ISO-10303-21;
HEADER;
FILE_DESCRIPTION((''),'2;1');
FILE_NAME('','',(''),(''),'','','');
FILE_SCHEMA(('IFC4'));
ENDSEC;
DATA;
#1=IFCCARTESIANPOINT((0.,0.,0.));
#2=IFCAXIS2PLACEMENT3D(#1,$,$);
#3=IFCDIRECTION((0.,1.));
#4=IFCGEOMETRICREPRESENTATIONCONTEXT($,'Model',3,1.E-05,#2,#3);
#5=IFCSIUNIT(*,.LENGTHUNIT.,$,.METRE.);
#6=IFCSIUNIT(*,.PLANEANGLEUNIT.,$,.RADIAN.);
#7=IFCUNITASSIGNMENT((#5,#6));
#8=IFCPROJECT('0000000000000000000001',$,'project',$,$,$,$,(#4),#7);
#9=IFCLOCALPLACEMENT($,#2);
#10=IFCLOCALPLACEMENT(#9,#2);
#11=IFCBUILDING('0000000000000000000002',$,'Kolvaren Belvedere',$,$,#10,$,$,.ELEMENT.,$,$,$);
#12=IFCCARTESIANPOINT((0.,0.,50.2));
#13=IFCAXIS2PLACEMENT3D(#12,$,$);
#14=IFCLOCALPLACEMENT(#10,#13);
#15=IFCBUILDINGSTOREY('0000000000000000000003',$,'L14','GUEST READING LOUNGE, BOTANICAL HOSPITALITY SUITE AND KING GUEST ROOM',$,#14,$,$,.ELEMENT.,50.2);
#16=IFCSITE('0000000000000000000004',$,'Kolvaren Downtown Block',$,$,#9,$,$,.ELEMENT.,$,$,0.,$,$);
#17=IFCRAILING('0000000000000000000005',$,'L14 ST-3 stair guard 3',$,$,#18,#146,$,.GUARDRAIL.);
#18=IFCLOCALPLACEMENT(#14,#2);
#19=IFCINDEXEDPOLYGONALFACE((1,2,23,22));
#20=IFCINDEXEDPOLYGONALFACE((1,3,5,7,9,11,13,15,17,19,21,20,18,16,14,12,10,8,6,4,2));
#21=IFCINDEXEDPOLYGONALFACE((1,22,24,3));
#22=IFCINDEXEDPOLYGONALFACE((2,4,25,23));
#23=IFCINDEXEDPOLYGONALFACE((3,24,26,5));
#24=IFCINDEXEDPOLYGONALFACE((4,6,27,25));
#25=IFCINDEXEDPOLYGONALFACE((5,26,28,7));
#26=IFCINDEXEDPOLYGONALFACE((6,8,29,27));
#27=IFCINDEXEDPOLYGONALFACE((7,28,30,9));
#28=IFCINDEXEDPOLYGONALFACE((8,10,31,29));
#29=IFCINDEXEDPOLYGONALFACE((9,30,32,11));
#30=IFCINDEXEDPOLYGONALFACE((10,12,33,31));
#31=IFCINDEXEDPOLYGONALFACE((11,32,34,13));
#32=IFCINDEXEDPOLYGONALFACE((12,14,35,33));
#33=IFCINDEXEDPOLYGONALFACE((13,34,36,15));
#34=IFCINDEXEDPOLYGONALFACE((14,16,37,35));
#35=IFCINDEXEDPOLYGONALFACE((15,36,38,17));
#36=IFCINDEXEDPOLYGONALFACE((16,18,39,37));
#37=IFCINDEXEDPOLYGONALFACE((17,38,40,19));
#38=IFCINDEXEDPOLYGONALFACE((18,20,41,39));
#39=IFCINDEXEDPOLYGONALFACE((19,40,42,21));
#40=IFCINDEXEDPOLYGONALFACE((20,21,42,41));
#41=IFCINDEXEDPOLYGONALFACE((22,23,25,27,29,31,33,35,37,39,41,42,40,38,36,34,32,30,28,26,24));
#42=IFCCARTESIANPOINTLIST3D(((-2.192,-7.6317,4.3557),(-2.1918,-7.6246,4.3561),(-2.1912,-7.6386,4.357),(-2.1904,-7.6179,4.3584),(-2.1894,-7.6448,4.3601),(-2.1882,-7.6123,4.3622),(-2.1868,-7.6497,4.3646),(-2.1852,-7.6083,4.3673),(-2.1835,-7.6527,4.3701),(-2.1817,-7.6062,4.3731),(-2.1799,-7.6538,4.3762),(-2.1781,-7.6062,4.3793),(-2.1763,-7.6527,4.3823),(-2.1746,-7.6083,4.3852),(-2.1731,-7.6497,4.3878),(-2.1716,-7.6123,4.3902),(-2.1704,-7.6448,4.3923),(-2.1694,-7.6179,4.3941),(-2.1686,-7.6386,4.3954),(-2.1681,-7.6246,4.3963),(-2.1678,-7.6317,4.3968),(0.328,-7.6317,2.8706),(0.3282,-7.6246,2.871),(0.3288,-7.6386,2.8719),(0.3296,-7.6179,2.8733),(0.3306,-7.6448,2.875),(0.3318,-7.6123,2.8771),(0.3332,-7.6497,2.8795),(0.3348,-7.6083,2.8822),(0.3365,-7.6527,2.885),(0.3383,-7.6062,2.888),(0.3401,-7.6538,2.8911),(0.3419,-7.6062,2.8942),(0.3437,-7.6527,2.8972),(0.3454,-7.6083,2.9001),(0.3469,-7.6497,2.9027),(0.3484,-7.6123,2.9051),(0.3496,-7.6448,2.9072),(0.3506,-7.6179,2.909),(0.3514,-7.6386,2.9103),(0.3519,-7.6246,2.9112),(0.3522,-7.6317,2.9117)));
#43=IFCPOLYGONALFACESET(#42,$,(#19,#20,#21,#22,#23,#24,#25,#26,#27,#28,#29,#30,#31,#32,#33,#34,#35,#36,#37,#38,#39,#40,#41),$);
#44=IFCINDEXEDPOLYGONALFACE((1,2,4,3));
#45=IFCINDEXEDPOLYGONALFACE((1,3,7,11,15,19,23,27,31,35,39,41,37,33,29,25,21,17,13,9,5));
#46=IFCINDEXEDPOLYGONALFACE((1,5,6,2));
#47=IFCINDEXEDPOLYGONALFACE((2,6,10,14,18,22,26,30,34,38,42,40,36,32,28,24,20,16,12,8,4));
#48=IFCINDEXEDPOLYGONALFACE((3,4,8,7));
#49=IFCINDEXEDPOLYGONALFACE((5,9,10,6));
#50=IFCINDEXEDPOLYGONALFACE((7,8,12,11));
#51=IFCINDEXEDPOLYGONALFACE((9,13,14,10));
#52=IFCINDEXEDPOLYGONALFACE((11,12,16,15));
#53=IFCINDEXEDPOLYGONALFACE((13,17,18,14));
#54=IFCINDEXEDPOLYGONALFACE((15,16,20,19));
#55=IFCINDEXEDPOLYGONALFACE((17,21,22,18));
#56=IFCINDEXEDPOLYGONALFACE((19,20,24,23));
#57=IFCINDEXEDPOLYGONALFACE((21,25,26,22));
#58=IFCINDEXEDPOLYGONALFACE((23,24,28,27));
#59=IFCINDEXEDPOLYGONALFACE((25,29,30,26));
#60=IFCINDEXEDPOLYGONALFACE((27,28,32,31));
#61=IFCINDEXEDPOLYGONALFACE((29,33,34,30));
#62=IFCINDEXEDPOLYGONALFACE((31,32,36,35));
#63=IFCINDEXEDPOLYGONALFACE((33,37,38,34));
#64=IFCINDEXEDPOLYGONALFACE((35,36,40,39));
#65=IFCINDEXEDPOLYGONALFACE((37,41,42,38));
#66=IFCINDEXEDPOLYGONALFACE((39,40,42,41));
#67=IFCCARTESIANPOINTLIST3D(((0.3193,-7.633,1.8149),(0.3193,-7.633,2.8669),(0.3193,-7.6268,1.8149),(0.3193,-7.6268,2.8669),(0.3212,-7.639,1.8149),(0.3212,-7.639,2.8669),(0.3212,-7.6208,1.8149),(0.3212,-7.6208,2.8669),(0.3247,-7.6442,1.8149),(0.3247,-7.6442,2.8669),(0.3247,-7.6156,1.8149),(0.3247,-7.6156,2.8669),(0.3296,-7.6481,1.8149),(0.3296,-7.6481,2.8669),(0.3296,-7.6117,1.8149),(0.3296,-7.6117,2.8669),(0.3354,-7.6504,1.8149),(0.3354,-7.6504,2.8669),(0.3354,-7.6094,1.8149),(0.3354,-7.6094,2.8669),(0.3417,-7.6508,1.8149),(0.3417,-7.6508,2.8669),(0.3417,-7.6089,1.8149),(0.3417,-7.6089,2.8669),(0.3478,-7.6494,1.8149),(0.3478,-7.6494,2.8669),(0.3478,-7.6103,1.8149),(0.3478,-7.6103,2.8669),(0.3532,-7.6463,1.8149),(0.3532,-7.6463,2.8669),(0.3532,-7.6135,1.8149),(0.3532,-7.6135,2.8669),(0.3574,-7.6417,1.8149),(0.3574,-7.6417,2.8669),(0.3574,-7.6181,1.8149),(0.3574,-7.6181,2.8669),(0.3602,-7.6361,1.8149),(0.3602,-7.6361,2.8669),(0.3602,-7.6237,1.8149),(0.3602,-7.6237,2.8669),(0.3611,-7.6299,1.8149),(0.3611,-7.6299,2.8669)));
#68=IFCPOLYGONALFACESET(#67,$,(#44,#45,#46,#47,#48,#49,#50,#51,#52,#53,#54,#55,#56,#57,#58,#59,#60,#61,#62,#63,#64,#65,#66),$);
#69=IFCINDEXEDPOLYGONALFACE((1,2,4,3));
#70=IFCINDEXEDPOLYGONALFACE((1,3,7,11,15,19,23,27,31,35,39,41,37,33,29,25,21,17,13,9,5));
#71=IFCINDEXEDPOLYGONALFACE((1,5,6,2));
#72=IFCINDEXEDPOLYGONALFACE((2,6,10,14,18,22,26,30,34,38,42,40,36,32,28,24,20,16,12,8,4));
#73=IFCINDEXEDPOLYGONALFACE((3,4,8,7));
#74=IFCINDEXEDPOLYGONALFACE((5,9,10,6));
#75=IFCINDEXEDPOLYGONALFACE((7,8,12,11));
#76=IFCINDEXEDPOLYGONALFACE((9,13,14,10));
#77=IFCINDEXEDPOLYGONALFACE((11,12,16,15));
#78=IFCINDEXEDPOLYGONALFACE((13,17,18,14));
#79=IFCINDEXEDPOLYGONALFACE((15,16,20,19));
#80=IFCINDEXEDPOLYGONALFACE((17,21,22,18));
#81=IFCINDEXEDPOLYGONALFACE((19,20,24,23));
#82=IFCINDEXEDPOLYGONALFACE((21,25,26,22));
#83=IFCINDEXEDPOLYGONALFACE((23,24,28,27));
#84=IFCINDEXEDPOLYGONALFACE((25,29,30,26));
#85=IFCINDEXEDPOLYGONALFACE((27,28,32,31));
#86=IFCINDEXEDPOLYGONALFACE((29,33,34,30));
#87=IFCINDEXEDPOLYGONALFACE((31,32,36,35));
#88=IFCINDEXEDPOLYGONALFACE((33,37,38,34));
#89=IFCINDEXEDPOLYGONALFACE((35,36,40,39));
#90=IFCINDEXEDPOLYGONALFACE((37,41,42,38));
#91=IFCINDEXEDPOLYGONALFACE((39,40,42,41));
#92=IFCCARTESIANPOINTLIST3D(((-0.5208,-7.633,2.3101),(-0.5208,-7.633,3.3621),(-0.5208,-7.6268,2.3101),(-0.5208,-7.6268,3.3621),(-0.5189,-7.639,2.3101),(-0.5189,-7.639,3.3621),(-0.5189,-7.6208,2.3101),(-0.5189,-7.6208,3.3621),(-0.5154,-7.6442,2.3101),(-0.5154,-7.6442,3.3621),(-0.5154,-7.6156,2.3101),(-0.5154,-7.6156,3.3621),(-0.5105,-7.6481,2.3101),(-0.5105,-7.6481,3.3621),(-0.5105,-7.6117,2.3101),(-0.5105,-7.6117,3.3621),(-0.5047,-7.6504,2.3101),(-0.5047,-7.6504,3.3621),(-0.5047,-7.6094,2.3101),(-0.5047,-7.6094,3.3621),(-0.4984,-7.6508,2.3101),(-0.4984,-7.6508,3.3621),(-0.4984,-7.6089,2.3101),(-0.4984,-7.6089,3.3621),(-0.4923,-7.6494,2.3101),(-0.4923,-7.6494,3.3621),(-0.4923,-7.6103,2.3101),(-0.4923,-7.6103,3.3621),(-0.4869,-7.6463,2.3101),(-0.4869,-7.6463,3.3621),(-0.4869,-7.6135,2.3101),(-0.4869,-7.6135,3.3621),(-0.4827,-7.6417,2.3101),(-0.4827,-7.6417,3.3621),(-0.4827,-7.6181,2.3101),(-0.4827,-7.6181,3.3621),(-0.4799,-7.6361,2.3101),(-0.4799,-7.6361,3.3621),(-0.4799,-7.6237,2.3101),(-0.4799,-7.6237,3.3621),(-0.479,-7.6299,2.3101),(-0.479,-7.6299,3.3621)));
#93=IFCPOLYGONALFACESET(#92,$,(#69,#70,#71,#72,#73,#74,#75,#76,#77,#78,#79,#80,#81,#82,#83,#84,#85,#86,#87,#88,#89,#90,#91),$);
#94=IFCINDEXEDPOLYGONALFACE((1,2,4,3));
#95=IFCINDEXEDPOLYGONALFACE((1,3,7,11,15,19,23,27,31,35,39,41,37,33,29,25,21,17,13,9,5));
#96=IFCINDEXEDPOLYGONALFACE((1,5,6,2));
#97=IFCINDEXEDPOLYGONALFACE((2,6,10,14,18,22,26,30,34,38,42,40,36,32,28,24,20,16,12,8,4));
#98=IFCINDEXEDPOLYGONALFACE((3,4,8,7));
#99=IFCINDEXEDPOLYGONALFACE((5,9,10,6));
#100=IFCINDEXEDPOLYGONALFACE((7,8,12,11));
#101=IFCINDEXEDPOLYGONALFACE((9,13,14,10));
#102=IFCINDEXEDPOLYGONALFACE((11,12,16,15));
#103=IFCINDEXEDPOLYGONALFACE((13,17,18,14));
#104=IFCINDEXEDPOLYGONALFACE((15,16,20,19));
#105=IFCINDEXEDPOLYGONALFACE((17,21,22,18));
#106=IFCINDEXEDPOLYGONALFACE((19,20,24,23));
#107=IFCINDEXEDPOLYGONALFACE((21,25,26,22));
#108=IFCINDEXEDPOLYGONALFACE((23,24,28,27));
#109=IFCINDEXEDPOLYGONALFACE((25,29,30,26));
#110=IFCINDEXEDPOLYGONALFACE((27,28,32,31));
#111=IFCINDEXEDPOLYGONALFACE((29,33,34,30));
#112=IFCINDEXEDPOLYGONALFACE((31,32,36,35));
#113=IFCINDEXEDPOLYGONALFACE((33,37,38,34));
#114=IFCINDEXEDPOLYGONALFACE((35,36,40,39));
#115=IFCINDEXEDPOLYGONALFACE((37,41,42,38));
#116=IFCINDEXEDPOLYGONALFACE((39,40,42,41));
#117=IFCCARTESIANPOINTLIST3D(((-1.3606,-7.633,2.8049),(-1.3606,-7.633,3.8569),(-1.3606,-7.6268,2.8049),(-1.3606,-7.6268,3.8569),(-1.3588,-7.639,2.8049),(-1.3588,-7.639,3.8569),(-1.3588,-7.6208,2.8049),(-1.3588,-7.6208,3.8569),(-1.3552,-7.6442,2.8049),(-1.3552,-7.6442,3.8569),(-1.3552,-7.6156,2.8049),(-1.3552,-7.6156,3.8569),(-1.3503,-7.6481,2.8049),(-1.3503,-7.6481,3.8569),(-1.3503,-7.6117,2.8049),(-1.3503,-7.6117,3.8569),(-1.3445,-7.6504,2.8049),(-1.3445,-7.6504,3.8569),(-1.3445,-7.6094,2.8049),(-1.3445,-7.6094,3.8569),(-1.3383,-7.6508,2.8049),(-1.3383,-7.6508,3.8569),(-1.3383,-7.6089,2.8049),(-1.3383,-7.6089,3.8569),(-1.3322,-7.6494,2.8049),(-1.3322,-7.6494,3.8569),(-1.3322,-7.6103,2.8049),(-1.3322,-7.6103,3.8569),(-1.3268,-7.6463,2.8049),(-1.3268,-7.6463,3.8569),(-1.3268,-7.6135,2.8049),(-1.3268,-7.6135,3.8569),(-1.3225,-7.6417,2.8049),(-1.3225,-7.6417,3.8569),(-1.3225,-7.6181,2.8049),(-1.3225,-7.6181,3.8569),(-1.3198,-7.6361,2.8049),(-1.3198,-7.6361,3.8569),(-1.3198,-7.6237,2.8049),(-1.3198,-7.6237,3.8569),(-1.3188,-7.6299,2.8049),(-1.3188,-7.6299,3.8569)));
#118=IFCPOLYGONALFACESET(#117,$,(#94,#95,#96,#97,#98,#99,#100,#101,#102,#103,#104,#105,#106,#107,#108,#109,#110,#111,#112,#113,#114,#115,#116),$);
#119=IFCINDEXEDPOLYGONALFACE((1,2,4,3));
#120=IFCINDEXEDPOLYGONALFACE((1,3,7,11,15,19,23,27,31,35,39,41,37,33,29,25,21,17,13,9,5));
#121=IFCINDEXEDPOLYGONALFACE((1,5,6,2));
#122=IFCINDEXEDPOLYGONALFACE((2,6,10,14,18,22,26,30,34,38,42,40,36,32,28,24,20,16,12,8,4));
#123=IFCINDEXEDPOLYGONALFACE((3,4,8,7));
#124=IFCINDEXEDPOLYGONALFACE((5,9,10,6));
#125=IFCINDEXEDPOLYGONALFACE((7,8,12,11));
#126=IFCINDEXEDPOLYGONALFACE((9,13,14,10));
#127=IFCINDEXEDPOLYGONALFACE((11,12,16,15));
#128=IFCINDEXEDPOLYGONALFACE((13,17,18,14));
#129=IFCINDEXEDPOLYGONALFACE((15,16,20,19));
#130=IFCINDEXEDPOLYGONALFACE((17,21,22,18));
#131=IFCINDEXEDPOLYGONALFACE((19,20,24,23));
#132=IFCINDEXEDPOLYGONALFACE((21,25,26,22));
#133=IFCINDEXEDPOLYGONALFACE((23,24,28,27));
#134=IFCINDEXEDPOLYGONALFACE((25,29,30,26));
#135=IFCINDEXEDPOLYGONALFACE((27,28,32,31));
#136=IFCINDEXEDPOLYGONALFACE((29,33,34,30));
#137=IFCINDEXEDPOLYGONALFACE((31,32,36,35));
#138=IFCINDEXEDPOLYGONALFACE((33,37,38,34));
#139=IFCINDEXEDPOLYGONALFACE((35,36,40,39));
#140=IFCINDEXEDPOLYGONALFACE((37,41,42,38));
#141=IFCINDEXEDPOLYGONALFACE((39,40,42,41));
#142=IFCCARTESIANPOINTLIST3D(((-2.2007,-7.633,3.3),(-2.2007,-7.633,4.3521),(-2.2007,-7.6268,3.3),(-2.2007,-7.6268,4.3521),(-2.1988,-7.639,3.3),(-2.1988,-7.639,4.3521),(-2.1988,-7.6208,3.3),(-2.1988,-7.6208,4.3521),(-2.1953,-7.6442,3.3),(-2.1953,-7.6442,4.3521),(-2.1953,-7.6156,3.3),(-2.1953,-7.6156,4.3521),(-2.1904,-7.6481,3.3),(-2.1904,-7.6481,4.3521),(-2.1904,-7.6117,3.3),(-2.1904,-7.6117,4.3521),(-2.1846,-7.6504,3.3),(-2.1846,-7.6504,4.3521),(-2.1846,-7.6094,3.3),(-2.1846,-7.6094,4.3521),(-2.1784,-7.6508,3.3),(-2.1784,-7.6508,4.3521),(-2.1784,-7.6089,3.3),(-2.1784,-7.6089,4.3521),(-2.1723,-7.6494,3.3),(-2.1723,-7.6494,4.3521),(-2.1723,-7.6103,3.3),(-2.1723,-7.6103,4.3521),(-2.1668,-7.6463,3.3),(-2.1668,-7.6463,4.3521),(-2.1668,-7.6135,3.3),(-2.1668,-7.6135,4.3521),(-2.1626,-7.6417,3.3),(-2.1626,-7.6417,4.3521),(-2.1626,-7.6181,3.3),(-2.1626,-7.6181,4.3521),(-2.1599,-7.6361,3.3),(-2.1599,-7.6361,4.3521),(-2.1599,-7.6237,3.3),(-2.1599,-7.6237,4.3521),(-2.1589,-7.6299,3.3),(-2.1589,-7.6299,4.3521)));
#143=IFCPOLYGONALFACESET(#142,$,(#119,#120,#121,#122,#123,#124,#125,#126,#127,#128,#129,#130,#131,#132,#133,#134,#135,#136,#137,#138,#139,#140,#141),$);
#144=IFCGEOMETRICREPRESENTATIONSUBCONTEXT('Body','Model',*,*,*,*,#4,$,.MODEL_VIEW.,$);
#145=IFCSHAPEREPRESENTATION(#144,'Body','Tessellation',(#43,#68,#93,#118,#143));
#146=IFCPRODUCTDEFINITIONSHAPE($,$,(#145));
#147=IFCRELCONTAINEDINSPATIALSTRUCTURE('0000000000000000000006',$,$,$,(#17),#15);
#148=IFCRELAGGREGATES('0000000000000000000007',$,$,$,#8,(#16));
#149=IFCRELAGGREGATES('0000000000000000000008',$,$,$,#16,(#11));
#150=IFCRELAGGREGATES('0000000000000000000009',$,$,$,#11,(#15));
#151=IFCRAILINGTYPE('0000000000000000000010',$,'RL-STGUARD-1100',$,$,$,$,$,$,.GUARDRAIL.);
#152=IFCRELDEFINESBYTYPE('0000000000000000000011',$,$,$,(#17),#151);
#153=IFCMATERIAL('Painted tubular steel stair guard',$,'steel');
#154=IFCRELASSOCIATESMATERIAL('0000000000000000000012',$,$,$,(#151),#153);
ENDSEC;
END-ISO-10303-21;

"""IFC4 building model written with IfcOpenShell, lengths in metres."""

from ifc_helpers import new_model, si_unit, direction, frame, origin, origin_2d, place, context, subcontext, project, spatial, circle, extrude, material, type_object, element, save


model = new_model("IFC4")

# Units and contexts
model_context = context("Model", 3, precision=1e-05, world=origin(), true_north=direction((0.0, 1.0)))
body_context = subcontext(model_context, "Body", "Model", "MODEL_VIEW")
ifc_project = project(units=[si_unit("LENGTHUNIT", "METRE"), si_unit("PLANEANGLEUNIT", "RADIAN")], contexts=[model_context])

# Site, building, storey
site_placement = place(None, origin())
site = spatial("IfcSite", under=ifc_project, at=site_placement, Name="Kolvaren Downtown Block", CompositionType="ELEMENT", RefElevation=0.0)
building_placement = place(site_placement, origin())
building = spatial("IfcBuilding", under=site, at=building_placement, Name="Kolvaren Belvedere", CompositionType="ELEMENT")
storey_placement = place(building_placement, frame((0.0, 0.0, 50.2)))
storey = spatial("IfcBuildingStorey", under=building, at=storey_placement, Name="L14", Description="GUEST READING LOUNGE, BOTANICAL HOSPITALITY SUITE AND KING GUEST ROOM", CompositionType="ELEMENT", Elevation=50.2)

# Railing
ifc_material_1 = material(Name="Painted tubular steel stair guard", Category="steel")
railing_type = type_object("IfcRailingType", Name="RL-STGUARD-1100", PredefinedType="GUARDRAIL", material=ifc_material_1)
railing_1_placement = place(storey_placement, frame((0.3401, -7.6299, 1.8149)))
element("IfcRailing", 1, at=railing_1_placement, inside=storey, type_object=railing_type, Name="L14 ST-3 stair guard 3", PredefinedType="GUARDRAIL", context=body_context, shape_type="SweptSolid", body=[
    extrude(circle(Radius=0.0239, at=origin_2d()), frame((0.0, 0.0, 1.0762), z_axis=(-0.861524, 0.0, 0.507717), x_axis=(0.0, -1.0, 0.0)), (0.0, 0.0, 1.0), 2.925),
    extrude(circle(Radius=0.021, at=origin_2d()), origin(), (0.0, 0.0, 1.0), 1.052),
    extrude(circle(Radius=0.021, at=origin_2d()), frame((-0.8401, 0.0, 0.4951)), (0.0, 0.0, 1.0), 1.052),
    extrude(circle(Radius=0.021, at=origin_2d()), frame((-1.6799, 0.0, 0.99)), (0.0, 0.0, 1.0), 1.052),
    extrude(circle(Radius=0.021, at=origin_2d()), frame((-2.52, 0.0, 1.4851)), (0.0, 0.0, 1.0), 1.052),
])

save(model, "model.ifc")
